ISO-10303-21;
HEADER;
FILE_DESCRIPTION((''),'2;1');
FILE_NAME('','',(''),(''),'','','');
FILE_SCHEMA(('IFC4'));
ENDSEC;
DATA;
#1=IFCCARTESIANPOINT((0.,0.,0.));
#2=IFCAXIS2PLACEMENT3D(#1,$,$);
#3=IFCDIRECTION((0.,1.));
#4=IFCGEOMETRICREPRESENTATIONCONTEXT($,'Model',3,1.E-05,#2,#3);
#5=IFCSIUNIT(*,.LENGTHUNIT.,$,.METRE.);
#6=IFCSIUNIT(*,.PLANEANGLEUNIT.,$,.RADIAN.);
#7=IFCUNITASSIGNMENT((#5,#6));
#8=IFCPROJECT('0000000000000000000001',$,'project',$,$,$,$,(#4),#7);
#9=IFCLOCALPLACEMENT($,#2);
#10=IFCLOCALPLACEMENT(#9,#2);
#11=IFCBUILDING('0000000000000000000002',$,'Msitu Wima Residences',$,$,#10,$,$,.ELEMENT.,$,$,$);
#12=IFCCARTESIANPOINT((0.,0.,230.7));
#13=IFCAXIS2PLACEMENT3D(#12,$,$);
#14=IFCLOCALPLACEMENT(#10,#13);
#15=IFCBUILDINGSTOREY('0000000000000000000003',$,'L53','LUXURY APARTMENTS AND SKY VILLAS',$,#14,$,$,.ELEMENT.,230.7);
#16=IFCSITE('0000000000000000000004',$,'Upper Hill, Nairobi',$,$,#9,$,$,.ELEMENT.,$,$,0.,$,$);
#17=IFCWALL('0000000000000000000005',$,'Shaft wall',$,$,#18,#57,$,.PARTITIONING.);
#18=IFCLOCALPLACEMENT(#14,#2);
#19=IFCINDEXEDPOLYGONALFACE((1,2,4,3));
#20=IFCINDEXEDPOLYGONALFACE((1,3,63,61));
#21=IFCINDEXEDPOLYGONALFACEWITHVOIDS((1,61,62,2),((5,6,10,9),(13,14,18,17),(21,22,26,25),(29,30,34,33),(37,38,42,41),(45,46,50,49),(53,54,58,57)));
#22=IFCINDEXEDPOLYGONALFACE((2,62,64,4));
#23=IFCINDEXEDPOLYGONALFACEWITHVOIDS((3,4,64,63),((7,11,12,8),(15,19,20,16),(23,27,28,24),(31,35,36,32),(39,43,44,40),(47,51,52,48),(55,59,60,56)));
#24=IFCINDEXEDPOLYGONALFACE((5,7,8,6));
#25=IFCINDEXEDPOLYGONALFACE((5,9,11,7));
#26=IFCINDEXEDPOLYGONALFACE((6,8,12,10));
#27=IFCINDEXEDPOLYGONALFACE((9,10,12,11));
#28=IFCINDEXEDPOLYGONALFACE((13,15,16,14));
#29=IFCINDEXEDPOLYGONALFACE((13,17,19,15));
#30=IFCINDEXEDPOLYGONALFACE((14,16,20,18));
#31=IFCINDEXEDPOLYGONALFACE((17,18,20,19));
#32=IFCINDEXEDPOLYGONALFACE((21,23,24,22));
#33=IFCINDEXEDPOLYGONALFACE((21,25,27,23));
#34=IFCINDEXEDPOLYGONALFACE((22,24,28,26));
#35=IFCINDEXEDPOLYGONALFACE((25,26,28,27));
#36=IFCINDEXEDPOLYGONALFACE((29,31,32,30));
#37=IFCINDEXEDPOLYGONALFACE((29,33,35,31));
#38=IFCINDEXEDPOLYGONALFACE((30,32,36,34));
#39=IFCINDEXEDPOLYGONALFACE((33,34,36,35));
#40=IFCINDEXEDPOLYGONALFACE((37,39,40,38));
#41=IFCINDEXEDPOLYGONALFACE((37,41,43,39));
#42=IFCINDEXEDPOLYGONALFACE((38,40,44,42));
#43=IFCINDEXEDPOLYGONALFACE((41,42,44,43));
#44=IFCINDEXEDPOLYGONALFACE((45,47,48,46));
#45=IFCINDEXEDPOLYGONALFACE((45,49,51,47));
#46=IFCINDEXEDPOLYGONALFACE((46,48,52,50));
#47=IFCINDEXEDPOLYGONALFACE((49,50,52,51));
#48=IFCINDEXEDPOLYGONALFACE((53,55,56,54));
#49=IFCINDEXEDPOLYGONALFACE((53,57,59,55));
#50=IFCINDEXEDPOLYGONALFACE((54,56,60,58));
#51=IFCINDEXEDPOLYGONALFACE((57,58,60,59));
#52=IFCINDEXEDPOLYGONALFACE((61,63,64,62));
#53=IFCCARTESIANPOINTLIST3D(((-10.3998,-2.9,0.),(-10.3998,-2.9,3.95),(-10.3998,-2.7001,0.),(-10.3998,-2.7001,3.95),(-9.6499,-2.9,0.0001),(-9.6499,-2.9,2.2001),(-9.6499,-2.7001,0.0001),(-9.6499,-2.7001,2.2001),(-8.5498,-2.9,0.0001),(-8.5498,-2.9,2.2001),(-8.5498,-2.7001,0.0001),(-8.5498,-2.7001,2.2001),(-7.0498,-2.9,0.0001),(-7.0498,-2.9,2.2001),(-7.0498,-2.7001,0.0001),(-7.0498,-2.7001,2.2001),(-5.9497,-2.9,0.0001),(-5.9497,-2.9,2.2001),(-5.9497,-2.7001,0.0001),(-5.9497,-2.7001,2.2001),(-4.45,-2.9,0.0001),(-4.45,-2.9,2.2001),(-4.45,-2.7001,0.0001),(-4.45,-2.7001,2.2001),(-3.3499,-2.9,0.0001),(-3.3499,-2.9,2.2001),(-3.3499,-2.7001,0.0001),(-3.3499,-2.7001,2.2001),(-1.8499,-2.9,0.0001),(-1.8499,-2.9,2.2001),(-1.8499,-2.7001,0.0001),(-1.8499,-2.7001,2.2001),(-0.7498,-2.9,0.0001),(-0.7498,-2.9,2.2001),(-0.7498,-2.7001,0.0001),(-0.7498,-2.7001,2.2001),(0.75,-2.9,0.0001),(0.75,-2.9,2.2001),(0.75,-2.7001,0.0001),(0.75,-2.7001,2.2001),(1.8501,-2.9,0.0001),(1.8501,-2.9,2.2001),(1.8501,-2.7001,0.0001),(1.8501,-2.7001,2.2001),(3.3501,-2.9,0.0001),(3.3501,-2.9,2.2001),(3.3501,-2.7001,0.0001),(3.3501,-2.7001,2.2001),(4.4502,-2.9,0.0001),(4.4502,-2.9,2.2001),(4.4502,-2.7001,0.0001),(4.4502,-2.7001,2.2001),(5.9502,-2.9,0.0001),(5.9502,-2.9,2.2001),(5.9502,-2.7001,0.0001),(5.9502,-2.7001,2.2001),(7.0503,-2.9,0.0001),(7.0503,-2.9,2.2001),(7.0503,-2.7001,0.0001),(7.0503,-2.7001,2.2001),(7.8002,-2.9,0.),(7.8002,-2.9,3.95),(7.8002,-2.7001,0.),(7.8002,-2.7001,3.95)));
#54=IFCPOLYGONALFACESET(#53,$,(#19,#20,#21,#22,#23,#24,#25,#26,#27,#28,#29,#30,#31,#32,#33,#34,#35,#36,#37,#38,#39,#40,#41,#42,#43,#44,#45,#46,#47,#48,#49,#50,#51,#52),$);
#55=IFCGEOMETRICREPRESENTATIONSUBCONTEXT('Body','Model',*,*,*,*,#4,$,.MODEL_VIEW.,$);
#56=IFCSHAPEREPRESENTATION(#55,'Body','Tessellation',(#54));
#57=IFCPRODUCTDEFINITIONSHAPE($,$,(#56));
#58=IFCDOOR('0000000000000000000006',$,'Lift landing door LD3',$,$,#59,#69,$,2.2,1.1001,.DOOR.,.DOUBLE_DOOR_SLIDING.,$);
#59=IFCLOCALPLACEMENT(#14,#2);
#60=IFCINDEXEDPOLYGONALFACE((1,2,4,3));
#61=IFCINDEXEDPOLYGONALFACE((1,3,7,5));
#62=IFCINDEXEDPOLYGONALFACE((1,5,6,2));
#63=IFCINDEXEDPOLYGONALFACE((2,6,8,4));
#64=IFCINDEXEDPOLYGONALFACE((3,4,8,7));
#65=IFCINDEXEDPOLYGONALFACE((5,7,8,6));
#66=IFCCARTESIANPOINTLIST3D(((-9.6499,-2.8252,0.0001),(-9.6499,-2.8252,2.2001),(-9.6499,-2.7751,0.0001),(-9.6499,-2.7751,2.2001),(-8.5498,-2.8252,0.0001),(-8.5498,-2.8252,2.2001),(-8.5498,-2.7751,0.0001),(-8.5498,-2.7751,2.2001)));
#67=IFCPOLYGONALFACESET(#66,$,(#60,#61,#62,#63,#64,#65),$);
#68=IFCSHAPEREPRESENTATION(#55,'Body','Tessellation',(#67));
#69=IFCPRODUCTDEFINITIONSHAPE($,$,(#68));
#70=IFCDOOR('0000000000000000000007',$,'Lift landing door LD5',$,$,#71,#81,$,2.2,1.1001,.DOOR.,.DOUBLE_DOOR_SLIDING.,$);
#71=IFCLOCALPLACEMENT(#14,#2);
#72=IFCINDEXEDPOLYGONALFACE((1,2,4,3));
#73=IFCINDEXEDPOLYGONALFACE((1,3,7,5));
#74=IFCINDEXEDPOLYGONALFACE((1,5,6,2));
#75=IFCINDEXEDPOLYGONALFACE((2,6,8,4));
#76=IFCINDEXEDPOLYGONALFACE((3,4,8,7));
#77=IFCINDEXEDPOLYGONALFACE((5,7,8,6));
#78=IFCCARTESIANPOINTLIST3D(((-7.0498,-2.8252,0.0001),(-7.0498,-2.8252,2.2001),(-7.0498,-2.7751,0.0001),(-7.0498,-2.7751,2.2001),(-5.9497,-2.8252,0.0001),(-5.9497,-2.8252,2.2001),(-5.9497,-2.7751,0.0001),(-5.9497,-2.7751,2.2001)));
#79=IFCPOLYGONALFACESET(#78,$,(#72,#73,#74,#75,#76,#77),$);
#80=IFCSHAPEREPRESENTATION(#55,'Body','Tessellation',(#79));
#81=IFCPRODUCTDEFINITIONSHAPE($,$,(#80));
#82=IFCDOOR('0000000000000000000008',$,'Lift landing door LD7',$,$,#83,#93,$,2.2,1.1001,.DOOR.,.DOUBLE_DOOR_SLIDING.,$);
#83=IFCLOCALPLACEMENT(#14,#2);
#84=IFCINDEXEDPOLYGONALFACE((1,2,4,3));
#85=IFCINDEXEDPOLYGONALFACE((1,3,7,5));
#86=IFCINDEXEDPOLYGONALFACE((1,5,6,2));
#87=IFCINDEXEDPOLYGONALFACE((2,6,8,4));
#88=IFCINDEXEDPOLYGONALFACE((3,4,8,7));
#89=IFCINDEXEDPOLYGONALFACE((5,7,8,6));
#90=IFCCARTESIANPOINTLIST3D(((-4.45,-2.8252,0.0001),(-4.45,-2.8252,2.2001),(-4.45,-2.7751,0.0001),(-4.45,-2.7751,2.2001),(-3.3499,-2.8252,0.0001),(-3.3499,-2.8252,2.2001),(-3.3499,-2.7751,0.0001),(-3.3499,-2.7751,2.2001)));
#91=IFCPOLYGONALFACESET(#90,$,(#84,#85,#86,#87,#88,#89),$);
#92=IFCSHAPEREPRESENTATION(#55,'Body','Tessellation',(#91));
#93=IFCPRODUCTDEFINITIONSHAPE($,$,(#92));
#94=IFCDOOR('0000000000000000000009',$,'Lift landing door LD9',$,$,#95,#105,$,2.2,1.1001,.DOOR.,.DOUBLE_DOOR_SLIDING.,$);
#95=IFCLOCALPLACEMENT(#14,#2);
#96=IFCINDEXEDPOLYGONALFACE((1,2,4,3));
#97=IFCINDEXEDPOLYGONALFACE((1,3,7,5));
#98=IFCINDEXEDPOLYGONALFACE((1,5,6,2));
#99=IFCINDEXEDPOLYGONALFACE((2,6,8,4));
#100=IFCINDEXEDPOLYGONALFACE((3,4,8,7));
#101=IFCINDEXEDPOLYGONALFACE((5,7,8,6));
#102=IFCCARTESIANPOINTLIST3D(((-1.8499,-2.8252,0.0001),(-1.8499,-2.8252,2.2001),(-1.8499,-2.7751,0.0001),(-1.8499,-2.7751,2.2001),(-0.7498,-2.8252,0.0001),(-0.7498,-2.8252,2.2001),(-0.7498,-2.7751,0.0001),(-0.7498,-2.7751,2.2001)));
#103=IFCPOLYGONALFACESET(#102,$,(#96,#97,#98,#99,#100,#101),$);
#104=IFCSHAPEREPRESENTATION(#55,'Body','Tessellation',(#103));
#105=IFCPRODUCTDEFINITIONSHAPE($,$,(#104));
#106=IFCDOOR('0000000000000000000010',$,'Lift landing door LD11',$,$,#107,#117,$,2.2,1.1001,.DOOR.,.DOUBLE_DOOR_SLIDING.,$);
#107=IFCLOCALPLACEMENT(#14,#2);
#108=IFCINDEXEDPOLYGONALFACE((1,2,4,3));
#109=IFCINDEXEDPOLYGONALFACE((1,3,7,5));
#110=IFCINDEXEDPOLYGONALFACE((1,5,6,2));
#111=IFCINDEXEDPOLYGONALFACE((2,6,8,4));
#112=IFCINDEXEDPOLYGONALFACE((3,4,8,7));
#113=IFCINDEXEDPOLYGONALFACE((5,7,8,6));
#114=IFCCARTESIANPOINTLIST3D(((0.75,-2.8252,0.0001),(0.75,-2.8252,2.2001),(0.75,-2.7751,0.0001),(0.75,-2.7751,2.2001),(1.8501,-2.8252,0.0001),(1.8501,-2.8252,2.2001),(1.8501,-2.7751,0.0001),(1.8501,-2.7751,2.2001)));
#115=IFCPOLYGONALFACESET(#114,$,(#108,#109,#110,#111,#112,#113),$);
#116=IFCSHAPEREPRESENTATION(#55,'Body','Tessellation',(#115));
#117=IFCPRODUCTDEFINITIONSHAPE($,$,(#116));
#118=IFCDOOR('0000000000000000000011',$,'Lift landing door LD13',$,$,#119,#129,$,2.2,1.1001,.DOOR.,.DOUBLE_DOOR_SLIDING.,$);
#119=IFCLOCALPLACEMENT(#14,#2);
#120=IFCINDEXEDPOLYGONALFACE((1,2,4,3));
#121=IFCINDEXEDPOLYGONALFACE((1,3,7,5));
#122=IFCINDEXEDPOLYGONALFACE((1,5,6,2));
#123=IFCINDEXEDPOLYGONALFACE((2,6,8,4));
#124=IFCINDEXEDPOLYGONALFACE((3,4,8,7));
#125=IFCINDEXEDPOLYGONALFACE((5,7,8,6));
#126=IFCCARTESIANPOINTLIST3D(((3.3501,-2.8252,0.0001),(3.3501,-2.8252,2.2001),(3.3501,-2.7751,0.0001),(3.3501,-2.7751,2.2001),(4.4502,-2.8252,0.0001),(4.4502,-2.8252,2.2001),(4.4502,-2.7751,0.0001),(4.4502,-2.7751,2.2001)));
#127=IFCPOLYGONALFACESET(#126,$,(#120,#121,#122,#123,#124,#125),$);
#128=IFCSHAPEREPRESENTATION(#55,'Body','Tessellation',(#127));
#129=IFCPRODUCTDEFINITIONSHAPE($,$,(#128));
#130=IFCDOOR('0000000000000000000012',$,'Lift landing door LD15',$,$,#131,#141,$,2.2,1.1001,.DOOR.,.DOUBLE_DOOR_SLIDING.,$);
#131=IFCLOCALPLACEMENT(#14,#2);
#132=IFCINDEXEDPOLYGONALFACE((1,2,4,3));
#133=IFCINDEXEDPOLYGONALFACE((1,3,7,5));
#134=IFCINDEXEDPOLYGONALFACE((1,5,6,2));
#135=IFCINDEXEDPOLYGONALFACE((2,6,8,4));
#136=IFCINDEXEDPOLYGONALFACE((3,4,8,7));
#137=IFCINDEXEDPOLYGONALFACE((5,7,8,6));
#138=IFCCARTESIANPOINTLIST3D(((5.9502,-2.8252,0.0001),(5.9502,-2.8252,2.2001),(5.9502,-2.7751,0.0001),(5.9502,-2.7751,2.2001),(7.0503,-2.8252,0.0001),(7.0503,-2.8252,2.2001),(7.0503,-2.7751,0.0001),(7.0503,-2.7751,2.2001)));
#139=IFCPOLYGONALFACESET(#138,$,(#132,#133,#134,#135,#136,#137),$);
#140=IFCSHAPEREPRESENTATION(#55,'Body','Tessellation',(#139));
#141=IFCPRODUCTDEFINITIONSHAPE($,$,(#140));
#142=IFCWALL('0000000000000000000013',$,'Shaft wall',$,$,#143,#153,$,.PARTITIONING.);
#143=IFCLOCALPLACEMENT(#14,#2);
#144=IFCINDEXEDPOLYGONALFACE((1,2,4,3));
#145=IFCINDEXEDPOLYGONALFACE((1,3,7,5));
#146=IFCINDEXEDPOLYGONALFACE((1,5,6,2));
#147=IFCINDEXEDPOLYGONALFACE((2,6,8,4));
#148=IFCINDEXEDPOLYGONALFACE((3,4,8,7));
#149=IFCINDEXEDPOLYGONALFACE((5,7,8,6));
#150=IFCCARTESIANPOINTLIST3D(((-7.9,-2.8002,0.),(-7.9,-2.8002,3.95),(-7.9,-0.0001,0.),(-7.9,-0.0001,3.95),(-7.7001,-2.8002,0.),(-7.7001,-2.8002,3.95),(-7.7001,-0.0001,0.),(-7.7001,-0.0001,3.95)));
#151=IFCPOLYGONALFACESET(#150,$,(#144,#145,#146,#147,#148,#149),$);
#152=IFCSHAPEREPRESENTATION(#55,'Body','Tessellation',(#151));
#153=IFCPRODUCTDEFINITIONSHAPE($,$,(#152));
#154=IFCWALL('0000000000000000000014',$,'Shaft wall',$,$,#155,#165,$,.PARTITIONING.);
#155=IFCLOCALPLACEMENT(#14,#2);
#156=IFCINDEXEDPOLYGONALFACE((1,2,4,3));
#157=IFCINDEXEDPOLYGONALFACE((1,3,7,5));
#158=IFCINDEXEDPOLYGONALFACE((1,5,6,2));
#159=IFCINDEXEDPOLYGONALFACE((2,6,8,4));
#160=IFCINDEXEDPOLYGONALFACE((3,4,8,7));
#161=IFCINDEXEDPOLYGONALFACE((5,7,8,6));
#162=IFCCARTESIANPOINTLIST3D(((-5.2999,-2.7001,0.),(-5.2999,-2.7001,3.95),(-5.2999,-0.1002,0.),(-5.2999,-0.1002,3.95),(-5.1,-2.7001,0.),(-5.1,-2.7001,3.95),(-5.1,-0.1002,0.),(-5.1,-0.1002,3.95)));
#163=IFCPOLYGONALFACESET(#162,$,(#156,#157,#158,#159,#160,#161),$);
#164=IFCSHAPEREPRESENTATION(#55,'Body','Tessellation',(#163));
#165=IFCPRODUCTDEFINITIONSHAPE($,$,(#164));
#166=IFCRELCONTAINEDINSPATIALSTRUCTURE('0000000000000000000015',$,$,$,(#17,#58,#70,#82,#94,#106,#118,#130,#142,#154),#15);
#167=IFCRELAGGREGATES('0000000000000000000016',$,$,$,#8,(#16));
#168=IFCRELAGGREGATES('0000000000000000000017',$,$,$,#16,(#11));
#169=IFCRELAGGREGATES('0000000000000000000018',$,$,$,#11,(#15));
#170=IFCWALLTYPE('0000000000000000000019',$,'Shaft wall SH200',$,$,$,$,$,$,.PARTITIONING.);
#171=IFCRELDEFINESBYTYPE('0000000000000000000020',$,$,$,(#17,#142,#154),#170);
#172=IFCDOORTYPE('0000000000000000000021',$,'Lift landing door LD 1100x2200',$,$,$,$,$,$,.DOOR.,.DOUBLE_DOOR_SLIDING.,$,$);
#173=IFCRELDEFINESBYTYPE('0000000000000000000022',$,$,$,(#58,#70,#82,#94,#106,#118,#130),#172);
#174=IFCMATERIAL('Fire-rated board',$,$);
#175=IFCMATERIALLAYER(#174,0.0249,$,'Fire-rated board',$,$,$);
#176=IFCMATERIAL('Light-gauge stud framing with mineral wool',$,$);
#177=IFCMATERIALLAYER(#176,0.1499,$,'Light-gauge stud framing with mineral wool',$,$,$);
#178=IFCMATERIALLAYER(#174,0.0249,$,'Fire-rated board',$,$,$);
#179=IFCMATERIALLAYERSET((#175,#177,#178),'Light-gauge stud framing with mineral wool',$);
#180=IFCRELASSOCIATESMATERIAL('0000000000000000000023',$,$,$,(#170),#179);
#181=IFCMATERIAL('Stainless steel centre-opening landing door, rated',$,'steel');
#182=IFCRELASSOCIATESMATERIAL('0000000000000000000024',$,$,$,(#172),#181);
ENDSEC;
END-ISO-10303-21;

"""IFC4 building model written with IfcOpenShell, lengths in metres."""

from ifc_helpers import new_model, si_unit, direction, frame, frame_2d, origin, place, context, subcontext, project, spatial, rectangle, extrude, material, layer, layer_set, type_object, element, fill, save


model = new_model("IFC4")

# Units and contexts
model_context = context("Model", 3, precision=1e-05, world=origin(), true_north=direction((0.0, 1.0)))
body_context = subcontext(model_context, "Body", "Model", "MODEL_VIEW")
ifc_project = project(units=[si_unit("LENGTHUNIT", "METRE"), si_unit("PLANEANGLEUNIT", "RADIAN")], contexts=[model_context])

# Site, building, storey
site_placement = place(None, origin())
site = spatial("IfcSite", under=ifc_project, at=site_placement, Name="Upper Hill, Nairobi", CompositionType="ELEMENT", RefElevation=0.0)
building_placement = place(site_placement, origin())
building = spatial("IfcBuilding", under=site, at=building_placement, Name="Msitu Wima Residences", CompositionType="ELEMENT")
storey_placement = place(building_placement, frame((0.0, 0.0, 230.7)))
storey = spatial("IfcBuildingStorey", under=building, at=storey_placement, Name="L53", Description="LUXURY APARTMENTS AND SKY VILLAS", CompositionType="ELEMENT", Elevation=230.7)

# Shared definitions
ifc_material_1 = material(Name="Fire-rated board")
ifc_layer_1 = layer(ifc_material_1, 0.0249, Name="Fire-rated board")
ifc_material_2 = material(Name="Light-gauge stud framing with mineral wool")
ifc_layer_2 = layer(ifc_material_2, 0.1499, Name="Light-gauge stud framing with mineral wool")
ifc_layer_3 = layer(ifc_material_1, 0.0249, Name="Fire-rated board")
ifc_layer_set_1 = layer_set([ifc_layer_1, ifc_layer_2, ifc_layer_3], Name="Light-gauge stud framing with mineral wool")
wall_type_1 = type_object("IfcWallType", Name="Shaft wall SH200", PredefinedType="PARTITIONING", material=ifc_layer_set_1)

# Wall, openings, doors
wall_1_placement = place(storey_placement, frame((-10.3999, -2.8, 0.0), z_axis=(0.0, 0.0, 1.0), x_axis=(1.0, 0.0, 0.0)))
wall_1 = element("IfcWall", 1, at=wall_1_placement, inside=storey, type_object=wall_type_1, Name="Shaft wall", PredefinedType="PARTITIONING", context=body_context, shape_type="SweptSolid", body=[
    extrude(rectangle(XDim=18.2, YDim=0.2, at=frame_2d((9.1001, 0.0))), origin(), (0.0, 0.0, 1.0), 3.95),
])
opening_1_placement = place(wall_1_placement, frame((0.75, 0.0, 0.0)))
opening_1 = element("IfcOpeningElement", 2, at=opening_1_placement, cuts=wall_1, PredefinedType="OPENING", context=body_context, shape_type="SweptSolid", body=[
    extrude(rectangle(XDim=1.1001, YDim=2.2, at=frame_2d((0.55, 1.1001))), frame((0.0, 0.1099, 0.0), z_axis=(0.0, -1.0, 0.0), x_axis=(1.0, 0.0, 0.0)), (0.0, 0.0, 1.0), 0.22),
])
opening_2_placement = place(wall_1_placement, frame((3.3501, 0.0, 0.0)))
opening_2 = element("IfcOpeningElement", 3, at=opening_2_placement, cuts=wall_1, PredefinedType="OPENING", context=body_context, shape_type="SweptSolid", body=[
    extrude(rectangle(XDim=1.1001, YDim=2.2, at=frame_2d((0.55, 1.1001))), frame((0.0, 0.1099, 0.0), z_axis=(0.0, -1.0, 0.0), x_axis=(1.0, 0.0, 0.0)), (0.0, 0.0, 1.0), 0.22),
])
opening_3_placement = place(wall_1_placement, frame((5.95, 0.0, 0.0)))
opening_3 = element("IfcOpeningElement", 4, at=opening_3_placement, cuts=wall_1, PredefinedType="OPENING", context=body_context, shape_type="SweptSolid", body=[
    extrude(rectangle(XDim=1.1001, YDim=2.2, at=frame_2d((0.55, 1.1001))), frame((0.0, 0.1099, 0.0), z_axis=(0.0, -1.0, 0.0), x_axis=(1.0, 0.0, 0.0)), (0.0, 0.0, 1.0), 0.22),
])
opening_4_placement = place(wall_1_placement, frame((8.55, 0.0, 0.0)))
opening_4 = element("IfcOpeningElement", 5, at=opening_4_placement, cuts=wall_1, PredefinedType="OPENING", context=body_context, shape_type="SweptSolid", body=[
    extrude(rectangle(XDim=1.1001, YDim=2.2, at=frame_2d((0.55, 1.1001))), frame((0.0, 0.1099, 0.0), z_axis=(0.0, -1.0, 0.0), x_axis=(1.0, 0.0, 0.0)), (0.0, 0.0, 1.0), 0.22),
])
opening_5_placement = place(wall_1_placement, frame((11.1499, 0.0, 0.0)))
opening_5 = element("IfcOpeningElement", 6, at=opening_5_placement, cuts=wall_1, PredefinedType="OPENING", context=body_context, shape_type="SweptSolid", body=[
    extrude(rectangle(XDim=1.1001, YDim=2.2, at=frame_2d((0.55, 1.1001))), frame((0.0, 0.1099, 0.0), z_axis=(0.0, -1.0, 0.0), x_axis=(1.0, 0.0, 0.0)), (0.0, 0.0, 1.0), 0.22),
])
opening_6_placement = place(wall_1_placement, frame((13.75, 0.0, 0.0)))
opening_6 = element("IfcOpeningElement", 7, at=opening_6_placement, cuts=wall_1, PredefinedType="OPENING", context=body_context, shape_type="SweptSolid", body=[
    extrude(rectangle(XDim=1.1001, YDim=2.2, at=frame_2d((0.55, 1.1001))), frame((0.0, 0.1099, 0.0), z_axis=(0.0, -1.0, 0.0), x_axis=(1.0, 0.0, 0.0)), (0.0, 0.0, 1.0), 0.22),
])
opening_7_placement = place(wall_1_placement, frame((16.3501, 0.0, 0.0)))
opening_7 = element("IfcOpeningElement", 8, at=opening_7_placement, cuts=wall_1, PredefinedType="OPENING", context=body_context, shape_type="SweptSolid", body=[
    extrude(rectangle(XDim=1.1001, YDim=2.2, at=frame_2d((0.55, 1.1001))), frame((0.0, 0.1099, 0.0), z_axis=(0.0, -1.0, 0.0), x_axis=(1.0, 0.0, 0.0)), (0.0, 0.0, 1.0), 0.22),
])
ifc_material_3 = material(Name="Stainless steel centre-opening landing door, rated", Category="steel")
door_type_1 = type_object("IfcDoorType", Name="Lift landing door LD 1100x2200", OperationType="DOUBLE_DOOR_SLIDING", PredefinedType="DOOR", material=ifc_material_3)
door_1_placement = place(opening_1_placement, origin())
door_1 = element("IfcDoor", 9, at=door_1_placement, inside=storey, type_object=door_type_1, Name="Lift landing door LD3", OperationType="DOUBLE_DOOR_SLIDING", OverallHeight=2.2, OverallWidth=1.1001, PredefinedType="DOOR", context=body_context, shape_type="SweptSolid", body=[
    extrude(rectangle(XDim=1.1001, YDim=2.2, at=frame_2d((0.55, 1.1001))), frame((0.0, 0.0249, 0.0), z_axis=(0.0, -1.0, 0.0), x_axis=(1.0, 0.0, 0.0)), (0.0, 0.0, 1.0), 0.05),
])
fill(opening_1, door_1)
door_2_placement = place(opening_2_placement, origin())
door_2 = element("IfcDoor", 10, at=door_2_placement, inside=storey, type_object=door_type_1, Name="Lift landing door LD5", OperationType="DOUBLE_DOOR_SLIDING", OverallHeight=2.2, OverallWidth=1.1001, PredefinedType="DOOR", context=body_context, shape_type="SweptSolid", body=[
    extrude(rectangle(XDim=1.1001, YDim=2.2, at=frame_2d((0.55, 1.1001))), frame((0.0, 0.0249, 0.0), z_axis=(0.0, -1.0, 0.0), x_axis=(1.0, 0.0, 0.0)), (0.0, 0.0, 1.0), 0.05),
])
fill(opening_2, door_2)
door_3_placement = place(opening_3_placement, origin())
door_3 = element("IfcDoor", 11, at=door_3_placement, inside=storey, type_object=door_type_1, Name="Lift landing door LD7", OperationType="DOUBLE_DOOR_SLIDING", OverallHeight=2.2, OverallWidth=1.1001, PredefinedType="DOOR", context=body_context, shape_type="SweptSolid", body=[
    extrude(rectangle(XDim=1.1001, YDim=2.2, at=frame_2d((0.55, 1.1001))), frame((0.0, 0.0249, 0.0), z_axis=(0.0, -1.0, 0.0), x_axis=(1.0, 0.0, 0.0)), (0.0, 0.0, 1.0), 0.05),
])
fill(opening_3, door_3)
door_4_placement = place(opening_4_placement, origin())
door_4 = element("IfcDoor", 12, at=door_4_placement, inside=storey, type_object=door_type_1, Name="Lift landing door LD9", OperationType="DOUBLE_DOOR_SLIDING", OverallHeight=2.2, OverallWidth=1.1001, PredefinedType="DOOR", context=body_context, shape_type="SweptSolid", body=[
    extrude(rectangle(XDim=1.1001, YDim=2.2, at=frame_2d((0.55, 1.1001))), frame((0.0, 0.0249, 0.0), z_axis=(0.0, -1.0, 0.0), x_axis=(1.0, 0.0, 0.0)), (0.0, 0.0, 1.0), 0.05),
])
fill(opening_4, door_4)
door_5_placement = place(opening_5_placement, origin())
door_5 = element("IfcDoor", 13, at=door_5_placement, inside=storey, type_object=door_type_1, Name="Lift landing door LD11", OperationType="DOUBLE_DOOR_SLIDING", OverallHeight=2.2, OverallWidth=1.1001, PredefinedType="DOOR", context=body_context, shape_type="SweptSolid", body=[
    extrude(rectangle(XDim=1.1001, YDim=2.2, at=frame_2d((0.55, 1.1001))), frame((0.0, 0.0249, 0.0), z_axis=(0.0, -1.0, 0.0), x_axis=(1.0, 0.0, 0.0)), (0.0, 0.0, 1.0), 0.05),
])
fill(opening_5, door_5)
door_6_placement = place(opening_6_placement, origin())
door_6 = element("IfcDoor", 14, at=door_6_placement, inside=storey, type_object=door_type_1, Name="Lift landing door LD13", OperationType="DOUBLE_DOOR_SLIDING", OverallHeight=2.2, OverallWidth=1.1001, PredefinedType="DOOR", context=body_context, shape_type="SweptSolid", body=[
    extrude(rectangle(XDim=1.1001, YDim=2.2, at=frame_2d((0.55, 1.1001))), frame((0.0, 0.0249, 0.0), z_axis=(0.0, -1.0, 0.0), x_axis=(1.0, 0.0, 0.0)), (0.0, 0.0, 1.0), 0.05),
])
fill(opening_6, door_6)
door_7_placement = place(opening_7_placement, origin())
door_7 = element("IfcDoor", 15, at=door_7_placement, inside=storey, type_object=door_type_1, Name="Lift landing door LD15", OperationType="DOUBLE_DOOR_SLIDING", OverallHeight=2.2, OverallWidth=1.1001, PredefinedType="DOOR", context=body_context, shape_type="SweptSolid", body=[
    extrude(rectangle(XDim=1.1001, YDim=2.2, at=frame_2d((0.55, 1.1001))), frame((0.0, 0.0249, 0.0), z_axis=(0.0, -1.0, 0.0), x_axis=(1.0, 0.0, 0.0)), (0.0, 0.0, 1.0), 0.05),
])
fill(opening_7, door_7)

# Walls
wall_2_placement = place(storey_placement, frame((-7.8, -2.8, 0.0), z_axis=(0.0, 0.0, 1.0), x_axis=(0.0, 1.0, 0.0)))
element("IfcWall", 16, at=wall_2_placement, inside=storey, type_object=wall_type_1, Name="Shaft wall", PredefinedType="PARTITIONING", context=body_context, shape_type="SweptSolid", body=[
    extrude(rectangle(XDim=2.8, YDim=0.2, at=frame_2d((1.3999, 0.0))), origin(), (0.0, 0.0, 1.0), 3.95),
])
for number, where, z_axis, x_axis, name in (
    (17, (-5.2, -2.7, 0.0), (0.0, 0.0, 1.0), (0.0, 1.0, 0.0), "Shaft wall"),
):
    element("IfcWall", number, at=place(storey_placement, frame(where, z_axis=z_axis, x_axis=x_axis)), inside=storey, type_object=wall_type_1, Name=name, PredefinedType="PARTITIONING", context=body_context, shape_type="SweptSolid", body=[
        extrude(rectangle(XDim=2.5999, YDim=0.2, at=frame_2d((1.2998, 0.0))), origin(), (0.0, 0.0, 1.0), 3.95),
    ])

save(model, "model.ifc")
